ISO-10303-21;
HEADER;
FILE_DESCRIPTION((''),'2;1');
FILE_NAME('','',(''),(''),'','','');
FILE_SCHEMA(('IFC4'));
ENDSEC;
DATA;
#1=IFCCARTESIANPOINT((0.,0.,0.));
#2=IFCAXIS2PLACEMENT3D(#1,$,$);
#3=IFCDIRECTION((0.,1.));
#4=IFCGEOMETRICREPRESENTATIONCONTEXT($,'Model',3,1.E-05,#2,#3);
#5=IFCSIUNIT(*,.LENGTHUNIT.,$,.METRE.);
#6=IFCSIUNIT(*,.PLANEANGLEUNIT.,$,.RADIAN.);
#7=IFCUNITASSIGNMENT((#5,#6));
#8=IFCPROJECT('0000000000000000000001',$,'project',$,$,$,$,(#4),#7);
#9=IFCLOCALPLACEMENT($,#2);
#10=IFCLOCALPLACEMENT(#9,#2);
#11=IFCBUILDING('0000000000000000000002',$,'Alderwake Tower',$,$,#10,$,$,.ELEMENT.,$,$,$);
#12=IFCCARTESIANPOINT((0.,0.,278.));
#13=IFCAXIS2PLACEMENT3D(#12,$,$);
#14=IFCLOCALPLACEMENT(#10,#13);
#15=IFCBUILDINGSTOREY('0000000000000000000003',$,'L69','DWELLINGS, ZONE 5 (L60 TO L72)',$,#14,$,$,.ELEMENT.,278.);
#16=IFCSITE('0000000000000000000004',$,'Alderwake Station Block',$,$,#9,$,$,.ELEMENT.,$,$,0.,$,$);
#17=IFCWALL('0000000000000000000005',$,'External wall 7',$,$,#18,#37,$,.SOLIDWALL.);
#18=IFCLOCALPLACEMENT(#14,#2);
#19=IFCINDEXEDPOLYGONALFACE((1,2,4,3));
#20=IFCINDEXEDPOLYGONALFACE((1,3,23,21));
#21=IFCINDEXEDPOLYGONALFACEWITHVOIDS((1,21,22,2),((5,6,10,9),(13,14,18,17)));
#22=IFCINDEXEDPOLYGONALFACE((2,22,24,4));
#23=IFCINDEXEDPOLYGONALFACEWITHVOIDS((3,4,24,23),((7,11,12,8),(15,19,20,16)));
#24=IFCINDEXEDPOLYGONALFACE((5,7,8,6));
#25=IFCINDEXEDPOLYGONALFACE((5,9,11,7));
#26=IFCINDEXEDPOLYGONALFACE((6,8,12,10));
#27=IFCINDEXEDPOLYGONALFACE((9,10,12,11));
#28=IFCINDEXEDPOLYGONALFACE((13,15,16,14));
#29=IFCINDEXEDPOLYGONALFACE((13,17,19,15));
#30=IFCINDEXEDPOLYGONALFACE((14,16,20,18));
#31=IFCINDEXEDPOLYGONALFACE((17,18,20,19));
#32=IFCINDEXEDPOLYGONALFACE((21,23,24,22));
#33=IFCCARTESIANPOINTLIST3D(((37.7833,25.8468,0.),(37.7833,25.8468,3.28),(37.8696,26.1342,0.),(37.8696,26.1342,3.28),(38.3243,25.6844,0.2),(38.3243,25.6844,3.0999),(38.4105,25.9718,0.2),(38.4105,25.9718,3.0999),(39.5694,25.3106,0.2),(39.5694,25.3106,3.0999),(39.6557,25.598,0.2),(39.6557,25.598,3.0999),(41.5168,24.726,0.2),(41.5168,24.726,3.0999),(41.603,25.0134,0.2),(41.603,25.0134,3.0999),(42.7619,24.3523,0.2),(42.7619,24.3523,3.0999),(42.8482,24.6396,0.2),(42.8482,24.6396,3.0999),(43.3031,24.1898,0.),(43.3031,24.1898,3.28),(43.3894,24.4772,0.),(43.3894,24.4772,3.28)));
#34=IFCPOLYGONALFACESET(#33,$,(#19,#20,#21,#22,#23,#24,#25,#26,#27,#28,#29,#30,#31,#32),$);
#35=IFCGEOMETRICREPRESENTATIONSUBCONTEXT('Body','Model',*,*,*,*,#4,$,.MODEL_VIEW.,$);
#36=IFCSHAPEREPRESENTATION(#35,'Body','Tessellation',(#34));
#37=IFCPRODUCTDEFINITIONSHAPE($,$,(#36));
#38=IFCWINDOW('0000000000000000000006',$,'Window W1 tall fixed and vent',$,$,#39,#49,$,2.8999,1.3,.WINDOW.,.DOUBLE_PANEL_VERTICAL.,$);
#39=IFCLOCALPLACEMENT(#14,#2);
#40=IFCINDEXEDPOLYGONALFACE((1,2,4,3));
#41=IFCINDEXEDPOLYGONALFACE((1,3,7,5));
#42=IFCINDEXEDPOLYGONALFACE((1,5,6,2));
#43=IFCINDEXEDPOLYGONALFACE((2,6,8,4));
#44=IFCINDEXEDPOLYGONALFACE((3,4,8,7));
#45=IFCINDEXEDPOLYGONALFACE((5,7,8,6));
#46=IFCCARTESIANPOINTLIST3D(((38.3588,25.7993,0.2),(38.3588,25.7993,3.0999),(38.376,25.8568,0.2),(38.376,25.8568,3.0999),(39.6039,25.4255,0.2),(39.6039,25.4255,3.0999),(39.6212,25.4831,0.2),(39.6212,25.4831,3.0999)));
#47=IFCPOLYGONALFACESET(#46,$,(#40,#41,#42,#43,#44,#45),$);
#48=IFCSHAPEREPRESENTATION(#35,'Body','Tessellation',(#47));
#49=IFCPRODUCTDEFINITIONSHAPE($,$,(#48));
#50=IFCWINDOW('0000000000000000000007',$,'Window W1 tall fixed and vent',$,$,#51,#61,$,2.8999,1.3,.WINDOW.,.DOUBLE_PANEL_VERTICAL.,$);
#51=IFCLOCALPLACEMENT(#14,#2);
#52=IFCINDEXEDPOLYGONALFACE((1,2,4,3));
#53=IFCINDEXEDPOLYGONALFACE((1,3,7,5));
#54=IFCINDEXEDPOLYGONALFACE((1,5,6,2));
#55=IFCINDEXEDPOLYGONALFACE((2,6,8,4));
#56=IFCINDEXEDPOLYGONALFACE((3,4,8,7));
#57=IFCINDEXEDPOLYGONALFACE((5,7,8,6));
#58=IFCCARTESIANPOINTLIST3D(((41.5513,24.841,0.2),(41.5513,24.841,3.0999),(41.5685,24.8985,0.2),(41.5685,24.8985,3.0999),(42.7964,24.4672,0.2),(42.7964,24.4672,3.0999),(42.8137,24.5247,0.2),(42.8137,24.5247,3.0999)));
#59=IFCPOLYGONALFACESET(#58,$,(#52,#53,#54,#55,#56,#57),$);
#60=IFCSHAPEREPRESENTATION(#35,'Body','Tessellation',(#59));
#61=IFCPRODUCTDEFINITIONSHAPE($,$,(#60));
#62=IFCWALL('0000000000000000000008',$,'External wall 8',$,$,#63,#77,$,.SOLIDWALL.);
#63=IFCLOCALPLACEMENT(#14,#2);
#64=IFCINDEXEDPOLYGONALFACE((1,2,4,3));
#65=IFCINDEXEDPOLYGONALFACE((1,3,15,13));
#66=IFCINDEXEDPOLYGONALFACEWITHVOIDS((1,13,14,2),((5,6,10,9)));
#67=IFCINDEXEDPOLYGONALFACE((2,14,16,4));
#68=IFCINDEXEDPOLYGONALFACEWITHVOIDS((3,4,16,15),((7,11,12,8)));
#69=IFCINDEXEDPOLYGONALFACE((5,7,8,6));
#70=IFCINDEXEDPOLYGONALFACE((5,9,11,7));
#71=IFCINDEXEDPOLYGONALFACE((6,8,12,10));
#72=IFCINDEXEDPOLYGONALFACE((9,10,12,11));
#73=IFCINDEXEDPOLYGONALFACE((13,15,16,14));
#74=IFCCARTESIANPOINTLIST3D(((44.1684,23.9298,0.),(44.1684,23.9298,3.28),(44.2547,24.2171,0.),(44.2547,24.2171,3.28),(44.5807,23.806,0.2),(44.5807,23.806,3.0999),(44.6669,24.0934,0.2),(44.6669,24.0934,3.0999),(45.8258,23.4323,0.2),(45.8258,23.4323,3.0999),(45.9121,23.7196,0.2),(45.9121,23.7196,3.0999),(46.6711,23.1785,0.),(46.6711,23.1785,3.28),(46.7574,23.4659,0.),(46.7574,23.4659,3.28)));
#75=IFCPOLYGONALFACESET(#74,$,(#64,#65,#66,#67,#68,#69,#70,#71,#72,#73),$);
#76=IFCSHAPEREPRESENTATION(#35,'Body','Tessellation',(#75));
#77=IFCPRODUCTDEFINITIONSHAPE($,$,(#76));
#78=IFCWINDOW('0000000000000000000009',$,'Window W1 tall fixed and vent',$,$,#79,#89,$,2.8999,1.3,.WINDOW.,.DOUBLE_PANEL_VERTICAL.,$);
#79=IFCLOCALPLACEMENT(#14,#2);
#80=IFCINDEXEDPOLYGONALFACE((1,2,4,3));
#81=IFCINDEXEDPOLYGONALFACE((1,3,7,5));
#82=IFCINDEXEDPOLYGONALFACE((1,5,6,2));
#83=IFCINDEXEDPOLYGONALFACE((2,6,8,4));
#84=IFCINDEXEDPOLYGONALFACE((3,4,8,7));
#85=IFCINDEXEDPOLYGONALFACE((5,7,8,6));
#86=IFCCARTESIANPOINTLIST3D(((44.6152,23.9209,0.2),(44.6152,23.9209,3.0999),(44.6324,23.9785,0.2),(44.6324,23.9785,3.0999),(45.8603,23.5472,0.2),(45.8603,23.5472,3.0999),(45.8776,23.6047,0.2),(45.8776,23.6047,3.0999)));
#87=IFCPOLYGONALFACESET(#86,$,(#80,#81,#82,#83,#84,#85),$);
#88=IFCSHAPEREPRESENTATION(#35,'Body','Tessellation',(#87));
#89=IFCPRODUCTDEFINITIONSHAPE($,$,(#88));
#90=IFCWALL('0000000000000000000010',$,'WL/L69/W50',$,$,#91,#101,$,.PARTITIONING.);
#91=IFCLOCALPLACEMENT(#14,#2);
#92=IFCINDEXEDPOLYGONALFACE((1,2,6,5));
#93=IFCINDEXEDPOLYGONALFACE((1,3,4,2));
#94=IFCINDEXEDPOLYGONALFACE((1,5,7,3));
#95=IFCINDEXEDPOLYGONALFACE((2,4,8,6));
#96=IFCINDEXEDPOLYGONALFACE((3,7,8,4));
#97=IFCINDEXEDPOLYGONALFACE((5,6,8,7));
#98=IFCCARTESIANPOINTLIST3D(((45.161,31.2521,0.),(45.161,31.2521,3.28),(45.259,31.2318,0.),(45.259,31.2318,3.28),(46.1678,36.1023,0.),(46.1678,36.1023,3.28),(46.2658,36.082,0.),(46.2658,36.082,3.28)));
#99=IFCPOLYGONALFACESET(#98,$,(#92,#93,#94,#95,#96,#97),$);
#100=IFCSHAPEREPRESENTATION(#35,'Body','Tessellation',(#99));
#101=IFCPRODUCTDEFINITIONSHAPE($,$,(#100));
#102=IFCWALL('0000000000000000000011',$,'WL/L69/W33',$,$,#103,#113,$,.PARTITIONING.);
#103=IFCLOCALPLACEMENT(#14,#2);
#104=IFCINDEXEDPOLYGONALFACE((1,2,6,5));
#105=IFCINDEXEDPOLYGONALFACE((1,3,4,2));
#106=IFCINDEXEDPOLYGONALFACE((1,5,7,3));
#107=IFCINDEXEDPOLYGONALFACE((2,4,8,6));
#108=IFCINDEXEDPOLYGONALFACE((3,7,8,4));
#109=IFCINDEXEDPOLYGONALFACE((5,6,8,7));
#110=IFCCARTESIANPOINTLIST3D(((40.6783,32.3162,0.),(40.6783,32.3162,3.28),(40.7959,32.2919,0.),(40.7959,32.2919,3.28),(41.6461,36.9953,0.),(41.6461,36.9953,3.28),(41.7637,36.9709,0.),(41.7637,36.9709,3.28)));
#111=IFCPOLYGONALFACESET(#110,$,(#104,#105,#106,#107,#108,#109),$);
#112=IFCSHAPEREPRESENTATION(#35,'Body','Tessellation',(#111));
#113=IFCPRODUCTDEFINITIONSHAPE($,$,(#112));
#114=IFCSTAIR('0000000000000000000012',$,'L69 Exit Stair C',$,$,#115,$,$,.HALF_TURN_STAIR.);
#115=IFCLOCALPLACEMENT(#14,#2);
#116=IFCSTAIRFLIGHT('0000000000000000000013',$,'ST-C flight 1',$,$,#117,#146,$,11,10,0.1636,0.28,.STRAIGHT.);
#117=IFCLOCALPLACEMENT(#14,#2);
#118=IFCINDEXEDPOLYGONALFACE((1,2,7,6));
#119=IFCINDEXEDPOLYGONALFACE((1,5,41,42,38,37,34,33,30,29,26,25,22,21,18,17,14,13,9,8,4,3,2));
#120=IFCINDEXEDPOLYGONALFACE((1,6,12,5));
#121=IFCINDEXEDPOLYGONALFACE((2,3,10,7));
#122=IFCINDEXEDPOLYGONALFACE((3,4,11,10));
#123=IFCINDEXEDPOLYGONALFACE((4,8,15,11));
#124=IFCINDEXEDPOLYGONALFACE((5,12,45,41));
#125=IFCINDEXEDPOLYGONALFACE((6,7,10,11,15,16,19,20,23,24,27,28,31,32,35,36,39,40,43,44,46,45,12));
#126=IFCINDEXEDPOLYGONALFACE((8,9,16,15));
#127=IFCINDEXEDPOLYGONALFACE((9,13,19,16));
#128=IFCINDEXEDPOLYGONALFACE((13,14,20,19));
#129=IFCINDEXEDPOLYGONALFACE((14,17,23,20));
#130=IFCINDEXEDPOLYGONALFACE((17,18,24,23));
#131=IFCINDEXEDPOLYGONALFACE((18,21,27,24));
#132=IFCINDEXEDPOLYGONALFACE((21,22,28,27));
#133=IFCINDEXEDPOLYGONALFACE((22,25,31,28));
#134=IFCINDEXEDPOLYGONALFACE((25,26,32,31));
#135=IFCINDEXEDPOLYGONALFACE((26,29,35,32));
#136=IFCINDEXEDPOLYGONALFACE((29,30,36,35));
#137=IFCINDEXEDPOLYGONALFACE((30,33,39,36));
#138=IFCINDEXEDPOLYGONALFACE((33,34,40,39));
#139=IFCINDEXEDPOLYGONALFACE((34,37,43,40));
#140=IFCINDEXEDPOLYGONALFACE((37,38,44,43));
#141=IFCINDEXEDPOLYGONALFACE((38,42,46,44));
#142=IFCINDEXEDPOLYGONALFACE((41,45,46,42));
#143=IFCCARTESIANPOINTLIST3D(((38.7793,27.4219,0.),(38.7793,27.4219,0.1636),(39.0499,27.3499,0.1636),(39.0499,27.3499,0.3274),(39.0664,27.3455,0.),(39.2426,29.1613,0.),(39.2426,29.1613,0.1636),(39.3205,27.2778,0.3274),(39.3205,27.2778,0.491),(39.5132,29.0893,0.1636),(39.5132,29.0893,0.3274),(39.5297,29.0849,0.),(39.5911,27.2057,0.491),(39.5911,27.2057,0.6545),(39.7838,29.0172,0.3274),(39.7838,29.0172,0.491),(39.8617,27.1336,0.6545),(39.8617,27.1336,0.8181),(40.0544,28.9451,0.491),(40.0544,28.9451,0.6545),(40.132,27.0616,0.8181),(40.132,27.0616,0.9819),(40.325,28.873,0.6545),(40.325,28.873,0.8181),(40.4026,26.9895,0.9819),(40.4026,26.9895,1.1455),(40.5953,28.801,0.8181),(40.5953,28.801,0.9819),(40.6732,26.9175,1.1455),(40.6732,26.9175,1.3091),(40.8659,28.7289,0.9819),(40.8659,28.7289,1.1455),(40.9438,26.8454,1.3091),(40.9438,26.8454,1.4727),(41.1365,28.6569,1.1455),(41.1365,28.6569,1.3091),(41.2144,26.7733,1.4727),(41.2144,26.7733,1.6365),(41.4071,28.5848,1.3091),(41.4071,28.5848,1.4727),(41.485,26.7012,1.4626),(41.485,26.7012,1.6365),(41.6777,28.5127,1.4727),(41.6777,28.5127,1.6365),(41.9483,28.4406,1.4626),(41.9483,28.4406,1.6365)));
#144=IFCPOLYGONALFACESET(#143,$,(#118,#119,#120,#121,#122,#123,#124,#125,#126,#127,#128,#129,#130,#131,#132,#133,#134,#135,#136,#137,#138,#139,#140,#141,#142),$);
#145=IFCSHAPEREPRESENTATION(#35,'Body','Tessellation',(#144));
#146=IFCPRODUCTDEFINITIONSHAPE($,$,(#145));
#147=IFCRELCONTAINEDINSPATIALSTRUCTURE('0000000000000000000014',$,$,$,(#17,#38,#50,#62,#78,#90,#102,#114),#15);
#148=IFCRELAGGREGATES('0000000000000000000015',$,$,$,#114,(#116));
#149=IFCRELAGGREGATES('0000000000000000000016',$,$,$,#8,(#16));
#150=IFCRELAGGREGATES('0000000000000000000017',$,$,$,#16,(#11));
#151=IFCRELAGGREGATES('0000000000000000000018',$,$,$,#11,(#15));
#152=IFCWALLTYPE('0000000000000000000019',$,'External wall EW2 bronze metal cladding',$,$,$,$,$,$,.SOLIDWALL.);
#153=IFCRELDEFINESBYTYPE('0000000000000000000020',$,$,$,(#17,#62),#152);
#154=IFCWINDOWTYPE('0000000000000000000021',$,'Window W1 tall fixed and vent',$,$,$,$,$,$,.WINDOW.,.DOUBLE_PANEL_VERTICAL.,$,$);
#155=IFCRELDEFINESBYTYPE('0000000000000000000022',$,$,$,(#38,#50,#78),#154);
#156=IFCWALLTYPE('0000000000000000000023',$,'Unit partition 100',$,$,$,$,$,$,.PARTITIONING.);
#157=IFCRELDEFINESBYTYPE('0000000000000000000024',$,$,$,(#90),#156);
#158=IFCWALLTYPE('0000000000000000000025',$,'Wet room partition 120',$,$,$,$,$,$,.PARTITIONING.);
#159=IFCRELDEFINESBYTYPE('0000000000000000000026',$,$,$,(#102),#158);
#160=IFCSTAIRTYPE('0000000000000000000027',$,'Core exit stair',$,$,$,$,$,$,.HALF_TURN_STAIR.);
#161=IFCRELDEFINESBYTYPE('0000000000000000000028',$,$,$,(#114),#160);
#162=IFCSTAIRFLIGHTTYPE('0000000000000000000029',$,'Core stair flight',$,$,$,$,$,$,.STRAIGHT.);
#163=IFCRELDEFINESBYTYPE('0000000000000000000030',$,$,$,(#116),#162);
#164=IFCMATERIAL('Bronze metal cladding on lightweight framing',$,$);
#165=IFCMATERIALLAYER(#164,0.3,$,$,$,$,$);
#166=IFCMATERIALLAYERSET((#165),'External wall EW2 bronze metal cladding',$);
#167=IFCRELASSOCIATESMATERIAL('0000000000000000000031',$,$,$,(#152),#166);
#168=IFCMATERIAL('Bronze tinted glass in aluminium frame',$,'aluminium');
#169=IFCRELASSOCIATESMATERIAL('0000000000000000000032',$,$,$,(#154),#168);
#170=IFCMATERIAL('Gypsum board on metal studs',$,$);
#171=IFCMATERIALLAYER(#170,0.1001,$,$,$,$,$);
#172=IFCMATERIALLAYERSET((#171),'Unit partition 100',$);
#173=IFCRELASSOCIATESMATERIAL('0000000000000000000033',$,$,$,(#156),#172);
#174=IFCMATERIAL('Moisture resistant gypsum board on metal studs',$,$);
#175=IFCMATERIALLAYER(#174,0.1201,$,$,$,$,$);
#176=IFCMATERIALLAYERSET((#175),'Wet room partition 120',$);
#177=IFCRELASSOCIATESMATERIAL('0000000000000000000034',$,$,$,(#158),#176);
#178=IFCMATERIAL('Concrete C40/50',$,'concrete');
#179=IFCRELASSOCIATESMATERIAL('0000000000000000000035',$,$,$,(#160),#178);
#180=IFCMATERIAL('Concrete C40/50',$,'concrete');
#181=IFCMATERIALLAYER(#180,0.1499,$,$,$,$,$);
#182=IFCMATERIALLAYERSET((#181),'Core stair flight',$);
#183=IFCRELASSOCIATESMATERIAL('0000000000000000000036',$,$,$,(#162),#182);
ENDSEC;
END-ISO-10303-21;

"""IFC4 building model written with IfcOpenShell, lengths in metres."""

from ifc_helpers import new_model, si_unit, direction, frame, frame_2d, origin, place, context, subcontext, project, spatial, polyline, rectangle, outline, extrude, material, layer, layer_set, type_object, element, fill, aggregate, save


model = new_model("IFC4")

# Units and contexts
model_context = context("Model", 3, precision=1e-05, world=origin(), true_north=direction((0.0, 1.0)))
body_context = subcontext(model_context, "Body", "Model", "MODEL_VIEW")
ifc_project = project(units=[si_unit("LENGTHUNIT", "METRE"), si_unit("PLANEANGLEUNIT", "RADIAN")], contexts=[model_context])

# Site, building, storey
site_placement = place(None, origin())
site = spatial("IfcSite", under=ifc_project, at=site_placement, Name="Alderwake Station Block", CompositionType="ELEMENT", RefElevation=0.0)
building_placement = place(site_placement, origin())
building = spatial("IfcBuilding", under=site, at=building_placement, Name="Alderwake Tower", CompositionType="ELEMENT")
storey_placement = place(building_placement, frame((0.0, 0.0, 278.0)))
storey = spatial("IfcBuildingStorey", under=building, at=storey_placement, Name="L69", Description="DWELLINGS, ZONE 5 (L60 TO L72)", CompositionType="ELEMENT", Elevation=278.0)

# Wall, openings, windows
ifc_material_1 = material(Name="Bronze metal cladding on lightweight framing")
ifc_layer_1 = layer(ifc_material_1, 0.3)
ifc_layer_set_1 = layer_set([ifc_layer_1], Name="External wall EW2 bronze metal cladding")
wall_type_1 = type_object("IfcWallType", Name="External wall EW2 bronze metal cladding", PredefinedType="SOLIDWALL", material=ifc_layer_set_1)
wall_1_placement = place(storey_placement, frame((37.8264, 25.9905, 0.0), z_axis=(0.0, 0.0, 1.0), x_axis=(0.957776, -0.287515, 0.0)))
wall_1 = element("IfcWall", 1, at=wall_1_placement, inside=storey, type_object=wall_type_1, Name="External wall 7", PredefinedType="SOLIDWALL", context=body_context, shape_type="SweptSolid", body=[
    extrude(rectangle(XDim=5.7632, YDim=0.3, at=frame_2d((2.8816, 0.0))), origin(), (0.0, 0.0, 1.0), 3.28),
])
opening_1_placement = place(wall_1_placement, frame((0.5649, 0.0, 0.2)))
opening_1 = element("IfcOpeningElement", 2, at=opening_1_placement, cuts=wall_1, PredefinedType="OPENING", context=body_context, shape_type="SweptSolid", body=[
    extrude(rectangle(XDim=1.3, YDim=2.8999, at=frame_2d((0.6499, 1.45))), frame((0.0, 0.1599, 0.0), z_axis=(0.0, -1.0, 0.0), x_axis=(1.0, 0.0, 0.0)), (0.0, 0.0, 1.0), 0.3201),
])
opening_2_placement = place(wall_1_placement, frame((3.8982, 0.0, 0.2)))
opening_2 = element("IfcOpeningElement", 3, at=opening_2_placement, cuts=wall_1, PredefinedType="OPENING", context=body_context, shape_type="SweptSolid", body=[
    extrude(rectangle(XDim=1.3, YDim=2.8999, at=frame_2d((0.6499, 1.45))), frame((0.0, 0.1599, 0.0), z_axis=(0.0, -1.0, 0.0), x_axis=(1.0, 0.0, 0.0)), (0.0, 0.0, 1.0), 0.3201),
])
ifc_material_2 = material(Name="Bronze tinted glass in aluminium frame", Category="aluminium")
window_type = type_object("IfcWindowType", Name="Window W1 tall fixed and vent", PartitioningType="DOUBLE_PANEL_VERTICAL", PredefinedType="WINDOW", material=ifc_material_2)
window_1_placement = place(opening_1_placement, origin())
window_1 = element("IfcWindow", 4, at=window_1_placement, inside=storey, type_object=window_type, Name="Window W1 tall fixed and vent", OverallHeight=2.8999, OverallWidth=1.3, PartitioningType="DOUBLE_PANEL_VERTICAL", PredefinedType="WINDOW", context=body_context, shape_type="SweptSolid", body=[
    extrude(rectangle(XDim=1.3, YDim=2.8999, at=frame_2d((0.6499, 1.45))), frame((0.0, 0.03, 0.0), z_axis=(0.0, -1.0, 0.0), x_axis=(1.0, 0.0, 0.0)), (0.0, 0.0, 1.0), 0.0601),
])
fill(opening_1, window_1)
window_2_placement = place(opening_2_placement, origin())
window_2 = element("IfcWindow", 5, at=window_2_placement, inside=storey, type_object=window_type, Name="Window W1 tall fixed and vent", OverallHeight=2.8999, OverallWidth=1.3, PartitioningType="DOUBLE_PANEL_VERTICAL", PredefinedType="WINDOW", context=body_context, shape_type="SweptSolid", body=[
    extrude(rectangle(XDim=1.3, YDim=2.8999, at=frame_2d((0.6499, 1.45))), frame((0.0, 0.03, 0.0), z_axis=(0.0, -1.0, 0.0), x_axis=(1.0, 0.0, 0.0)), (0.0, 0.0, 1.0), 0.0601),
])
fill(opening_2, window_2)

# Wall, opening, window
wall_2_placement = place(storey_placement, frame((44.2114, 24.0735, 0.0), z_axis=(0.0, 0.0, 1.0), x_axis=(0.957783, -0.287494, 0.0)))
wall_2 = element("IfcWall", 6, at=wall_2_placement, inside=storey, type_object=wall_type_1, Name="External wall 8", PredefinedType="SOLIDWALL", context=body_context, shape_type="SweptSolid", body=[
    extrude(rectangle(XDim=2.613, YDim=0.3, at=frame_2d((1.3066, 0.0))), origin(), (0.0, 0.0, 1.0), 3.28),
])
opening_3_placement = place(wall_2_placement, frame((0.4307, 0.0, 0.2)))
opening_3 = element("IfcOpeningElement", 7, at=opening_3_placement, cuts=wall_2, PredefinedType="OPENING", context=body_context, shape_type="SweptSolid", body=[
    extrude(rectangle(XDim=1.3, YDim=2.8999, at=frame_2d((0.6499, 1.45))), frame((0.0, 0.1599, 0.0), z_axis=(0.0, -1.0, 0.0), x_axis=(1.0, 0.0, 0.0)), (0.0, 0.0, 1.0), 0.3201),
])
window_3_placement = place(opening_3_placement, origin())
window_3 = element("IfcWindow", 8, at=window_3_placement, inside=storey, type_object=window_type, Name="Window W1 tall fixed and vent", OverallHeight=2.8999, OverallWidth=1.3, PartitioningType="DOUBLE_PANEL_VERTICAL", PredefinedType="WINDOW", context=body_context, shape_type="SweptSolid", body=[
    extrude(rectangle(XDim=1.3, YDim=2.8999, at=frame_2d((0.6499, 1.45))), frame((0.0, 0.03, 0.0), z_axis=(0.0, -1.0, 0.0), x_axis=(1.0, 0.0, 0.0)), (0.0, 0.0, 1.0), 0.0601),
])
fill(opening_3, window_3)

# Walls
ifc_material_3 = material(Name="Gypsum board on metal studs")
ifc_layer_2 = layer(ifc_material_3, 0.1001)
ifc_layer_set_2 = layer_set([ifc_layer_2], Name="Unit partition 100")
wall_type_2 = type_object("IfcWallType", Name="Unit partition 100", PredefinedType="PARTITIONING", material=ifc_layer_set_2)
wall_3_placement = place(storey_placement, frame((45.21, 31.2419, 0.0), z_axis=(0.0, 0.0, 1.0), x_axis=(0.203257, 0.979125, 0.0)))
element("IfcWall", 9, at=wall_3_placement, inside=storey, type_object=wall_type_2, Name="WL/L69/W50", PredefinedType="PARTITIONING", context=body_context, shape_type="SweptSolid", body=[
    extrude(rectangle(XDim=4.9536, YDim=0.1001, at=frame_2d((2.4768, 0.0))), origin(), (0.0, 0.0, 1.0), 3.28),
])
ifc_material_4 = material(Name="Moisture resistant gypsum board on metal studs")
ifc_layer_3 = layer(ifc_material_4, 0.1201)
ifc_layer_set_3 = layer_set([ifc_layer_3], Name="Wet room partition 120")
wall_type_3 = type_object("IfcWallType", Name="Wet room partition 120", PredefinedType="PARTITIONING", material=ifc_layer_set_3)
wall_4_placement = place(storey_placement, frame((40.7371, 32.304, 0.0), z_axis=(0.0, 0.0, 1.0), x_axis=(0.202548, 0.979272, 0.0)))
element("IfcWall", 10, at=wall_4_placement, inside=storey, type_object=wall_type_3, Name="WL/L69/W33", PredefinedType="PARTITIONING", context=body_context, shape_type="SweptSolid", body=[
    extrude(rectangle(XDim=4.7781, YDim=0.1201, at=frame_2d((2.3892, 0.0))), origin(), (0.0, 0.0, 1.0), 3.28),
])

# Stair, stair flight
ifc_material_5 = material(Name="Concrete C40/50", Category="concrete")
stair_type = type_object("IfcStairType", Name="Core exit stair", PredefinedType="HALF_TURN_STAIR", material=ifc_material_5)
stair_placement = place(storey_placement, origin())
stair = element("IfcStair", 11, at=stair_placement, inside=storey, type_object=stair_type, Name="L69 Exit Stair C", PredefinedType="HALF_TURN_STAIR")
ifc_material_6 = material(Name="Concrete C40/50", Category="concrete")
ifc_layer_4 = layer(ifc_material_6, 0.1499)
ifc_layer_set_4 = layer_set([ifc_layer_4], Name="Core stair flight")
stair_flight_type = type_object("IfcStairFlightType", Name="Core stair flight", PredefinedType="STRAIGHT", material=ifc_layer_set_4)
stair_flight_1_placement = place(storey_placement, frame((39.011, 28.2917, 0.0), z_axis=(0.0, 0.0, 1.0), x_axis=(0.96631, -0.257382, 0.0)))
stair_flight_1 = element("IfcStairFlight", 12, at=stair_flight_1_placement, type_object=stair_flight_type, Name="ST-C flight 1", NumberOfRisers=11, NumberOfTreads=10, PredefinedType="STRAIGHT", RiserHeight=0.1636, TreadLength=0.28, context=body_context, shape_type="SweptSolid", body=[
    extrude(outline(polyline([(0.0, 0.0), (0.0, 0.1636), (0.28, 0.1636), (0.28, 0.3274), (0.5601, 0.3274), (0.5601, 0.491), (0.8401, 0.491), (0.8401, 0.6545), (1.1201, 0.6545), (1.1201, 0.8181), (1.3999, 0.8181), (1.3999, 0.9819), (1.6799, 0.9819), (1.6799, 1.1455), (1.96, 1.1455), (1.96, 1.3091), (2.24, 1.3091), (2.24, 1.4727), (2.52, 1.4727), (2.52, 1.6365), (2.8, 1.6365), (2.8, 1.8), (2.8, 1.4626), (0.2971, 0.0), (0.0, 0.0)])), frame((0.0, 0.8999, 0.0), z_axis=(0.0, -1.0, 0.0), x_axis=(1.0, 0.0, 0.0)), (0.0, 0.0, 1.0), 1.8),
])
aggregate(stair, [stair_flight_1])

save(model, "model.ifc")
